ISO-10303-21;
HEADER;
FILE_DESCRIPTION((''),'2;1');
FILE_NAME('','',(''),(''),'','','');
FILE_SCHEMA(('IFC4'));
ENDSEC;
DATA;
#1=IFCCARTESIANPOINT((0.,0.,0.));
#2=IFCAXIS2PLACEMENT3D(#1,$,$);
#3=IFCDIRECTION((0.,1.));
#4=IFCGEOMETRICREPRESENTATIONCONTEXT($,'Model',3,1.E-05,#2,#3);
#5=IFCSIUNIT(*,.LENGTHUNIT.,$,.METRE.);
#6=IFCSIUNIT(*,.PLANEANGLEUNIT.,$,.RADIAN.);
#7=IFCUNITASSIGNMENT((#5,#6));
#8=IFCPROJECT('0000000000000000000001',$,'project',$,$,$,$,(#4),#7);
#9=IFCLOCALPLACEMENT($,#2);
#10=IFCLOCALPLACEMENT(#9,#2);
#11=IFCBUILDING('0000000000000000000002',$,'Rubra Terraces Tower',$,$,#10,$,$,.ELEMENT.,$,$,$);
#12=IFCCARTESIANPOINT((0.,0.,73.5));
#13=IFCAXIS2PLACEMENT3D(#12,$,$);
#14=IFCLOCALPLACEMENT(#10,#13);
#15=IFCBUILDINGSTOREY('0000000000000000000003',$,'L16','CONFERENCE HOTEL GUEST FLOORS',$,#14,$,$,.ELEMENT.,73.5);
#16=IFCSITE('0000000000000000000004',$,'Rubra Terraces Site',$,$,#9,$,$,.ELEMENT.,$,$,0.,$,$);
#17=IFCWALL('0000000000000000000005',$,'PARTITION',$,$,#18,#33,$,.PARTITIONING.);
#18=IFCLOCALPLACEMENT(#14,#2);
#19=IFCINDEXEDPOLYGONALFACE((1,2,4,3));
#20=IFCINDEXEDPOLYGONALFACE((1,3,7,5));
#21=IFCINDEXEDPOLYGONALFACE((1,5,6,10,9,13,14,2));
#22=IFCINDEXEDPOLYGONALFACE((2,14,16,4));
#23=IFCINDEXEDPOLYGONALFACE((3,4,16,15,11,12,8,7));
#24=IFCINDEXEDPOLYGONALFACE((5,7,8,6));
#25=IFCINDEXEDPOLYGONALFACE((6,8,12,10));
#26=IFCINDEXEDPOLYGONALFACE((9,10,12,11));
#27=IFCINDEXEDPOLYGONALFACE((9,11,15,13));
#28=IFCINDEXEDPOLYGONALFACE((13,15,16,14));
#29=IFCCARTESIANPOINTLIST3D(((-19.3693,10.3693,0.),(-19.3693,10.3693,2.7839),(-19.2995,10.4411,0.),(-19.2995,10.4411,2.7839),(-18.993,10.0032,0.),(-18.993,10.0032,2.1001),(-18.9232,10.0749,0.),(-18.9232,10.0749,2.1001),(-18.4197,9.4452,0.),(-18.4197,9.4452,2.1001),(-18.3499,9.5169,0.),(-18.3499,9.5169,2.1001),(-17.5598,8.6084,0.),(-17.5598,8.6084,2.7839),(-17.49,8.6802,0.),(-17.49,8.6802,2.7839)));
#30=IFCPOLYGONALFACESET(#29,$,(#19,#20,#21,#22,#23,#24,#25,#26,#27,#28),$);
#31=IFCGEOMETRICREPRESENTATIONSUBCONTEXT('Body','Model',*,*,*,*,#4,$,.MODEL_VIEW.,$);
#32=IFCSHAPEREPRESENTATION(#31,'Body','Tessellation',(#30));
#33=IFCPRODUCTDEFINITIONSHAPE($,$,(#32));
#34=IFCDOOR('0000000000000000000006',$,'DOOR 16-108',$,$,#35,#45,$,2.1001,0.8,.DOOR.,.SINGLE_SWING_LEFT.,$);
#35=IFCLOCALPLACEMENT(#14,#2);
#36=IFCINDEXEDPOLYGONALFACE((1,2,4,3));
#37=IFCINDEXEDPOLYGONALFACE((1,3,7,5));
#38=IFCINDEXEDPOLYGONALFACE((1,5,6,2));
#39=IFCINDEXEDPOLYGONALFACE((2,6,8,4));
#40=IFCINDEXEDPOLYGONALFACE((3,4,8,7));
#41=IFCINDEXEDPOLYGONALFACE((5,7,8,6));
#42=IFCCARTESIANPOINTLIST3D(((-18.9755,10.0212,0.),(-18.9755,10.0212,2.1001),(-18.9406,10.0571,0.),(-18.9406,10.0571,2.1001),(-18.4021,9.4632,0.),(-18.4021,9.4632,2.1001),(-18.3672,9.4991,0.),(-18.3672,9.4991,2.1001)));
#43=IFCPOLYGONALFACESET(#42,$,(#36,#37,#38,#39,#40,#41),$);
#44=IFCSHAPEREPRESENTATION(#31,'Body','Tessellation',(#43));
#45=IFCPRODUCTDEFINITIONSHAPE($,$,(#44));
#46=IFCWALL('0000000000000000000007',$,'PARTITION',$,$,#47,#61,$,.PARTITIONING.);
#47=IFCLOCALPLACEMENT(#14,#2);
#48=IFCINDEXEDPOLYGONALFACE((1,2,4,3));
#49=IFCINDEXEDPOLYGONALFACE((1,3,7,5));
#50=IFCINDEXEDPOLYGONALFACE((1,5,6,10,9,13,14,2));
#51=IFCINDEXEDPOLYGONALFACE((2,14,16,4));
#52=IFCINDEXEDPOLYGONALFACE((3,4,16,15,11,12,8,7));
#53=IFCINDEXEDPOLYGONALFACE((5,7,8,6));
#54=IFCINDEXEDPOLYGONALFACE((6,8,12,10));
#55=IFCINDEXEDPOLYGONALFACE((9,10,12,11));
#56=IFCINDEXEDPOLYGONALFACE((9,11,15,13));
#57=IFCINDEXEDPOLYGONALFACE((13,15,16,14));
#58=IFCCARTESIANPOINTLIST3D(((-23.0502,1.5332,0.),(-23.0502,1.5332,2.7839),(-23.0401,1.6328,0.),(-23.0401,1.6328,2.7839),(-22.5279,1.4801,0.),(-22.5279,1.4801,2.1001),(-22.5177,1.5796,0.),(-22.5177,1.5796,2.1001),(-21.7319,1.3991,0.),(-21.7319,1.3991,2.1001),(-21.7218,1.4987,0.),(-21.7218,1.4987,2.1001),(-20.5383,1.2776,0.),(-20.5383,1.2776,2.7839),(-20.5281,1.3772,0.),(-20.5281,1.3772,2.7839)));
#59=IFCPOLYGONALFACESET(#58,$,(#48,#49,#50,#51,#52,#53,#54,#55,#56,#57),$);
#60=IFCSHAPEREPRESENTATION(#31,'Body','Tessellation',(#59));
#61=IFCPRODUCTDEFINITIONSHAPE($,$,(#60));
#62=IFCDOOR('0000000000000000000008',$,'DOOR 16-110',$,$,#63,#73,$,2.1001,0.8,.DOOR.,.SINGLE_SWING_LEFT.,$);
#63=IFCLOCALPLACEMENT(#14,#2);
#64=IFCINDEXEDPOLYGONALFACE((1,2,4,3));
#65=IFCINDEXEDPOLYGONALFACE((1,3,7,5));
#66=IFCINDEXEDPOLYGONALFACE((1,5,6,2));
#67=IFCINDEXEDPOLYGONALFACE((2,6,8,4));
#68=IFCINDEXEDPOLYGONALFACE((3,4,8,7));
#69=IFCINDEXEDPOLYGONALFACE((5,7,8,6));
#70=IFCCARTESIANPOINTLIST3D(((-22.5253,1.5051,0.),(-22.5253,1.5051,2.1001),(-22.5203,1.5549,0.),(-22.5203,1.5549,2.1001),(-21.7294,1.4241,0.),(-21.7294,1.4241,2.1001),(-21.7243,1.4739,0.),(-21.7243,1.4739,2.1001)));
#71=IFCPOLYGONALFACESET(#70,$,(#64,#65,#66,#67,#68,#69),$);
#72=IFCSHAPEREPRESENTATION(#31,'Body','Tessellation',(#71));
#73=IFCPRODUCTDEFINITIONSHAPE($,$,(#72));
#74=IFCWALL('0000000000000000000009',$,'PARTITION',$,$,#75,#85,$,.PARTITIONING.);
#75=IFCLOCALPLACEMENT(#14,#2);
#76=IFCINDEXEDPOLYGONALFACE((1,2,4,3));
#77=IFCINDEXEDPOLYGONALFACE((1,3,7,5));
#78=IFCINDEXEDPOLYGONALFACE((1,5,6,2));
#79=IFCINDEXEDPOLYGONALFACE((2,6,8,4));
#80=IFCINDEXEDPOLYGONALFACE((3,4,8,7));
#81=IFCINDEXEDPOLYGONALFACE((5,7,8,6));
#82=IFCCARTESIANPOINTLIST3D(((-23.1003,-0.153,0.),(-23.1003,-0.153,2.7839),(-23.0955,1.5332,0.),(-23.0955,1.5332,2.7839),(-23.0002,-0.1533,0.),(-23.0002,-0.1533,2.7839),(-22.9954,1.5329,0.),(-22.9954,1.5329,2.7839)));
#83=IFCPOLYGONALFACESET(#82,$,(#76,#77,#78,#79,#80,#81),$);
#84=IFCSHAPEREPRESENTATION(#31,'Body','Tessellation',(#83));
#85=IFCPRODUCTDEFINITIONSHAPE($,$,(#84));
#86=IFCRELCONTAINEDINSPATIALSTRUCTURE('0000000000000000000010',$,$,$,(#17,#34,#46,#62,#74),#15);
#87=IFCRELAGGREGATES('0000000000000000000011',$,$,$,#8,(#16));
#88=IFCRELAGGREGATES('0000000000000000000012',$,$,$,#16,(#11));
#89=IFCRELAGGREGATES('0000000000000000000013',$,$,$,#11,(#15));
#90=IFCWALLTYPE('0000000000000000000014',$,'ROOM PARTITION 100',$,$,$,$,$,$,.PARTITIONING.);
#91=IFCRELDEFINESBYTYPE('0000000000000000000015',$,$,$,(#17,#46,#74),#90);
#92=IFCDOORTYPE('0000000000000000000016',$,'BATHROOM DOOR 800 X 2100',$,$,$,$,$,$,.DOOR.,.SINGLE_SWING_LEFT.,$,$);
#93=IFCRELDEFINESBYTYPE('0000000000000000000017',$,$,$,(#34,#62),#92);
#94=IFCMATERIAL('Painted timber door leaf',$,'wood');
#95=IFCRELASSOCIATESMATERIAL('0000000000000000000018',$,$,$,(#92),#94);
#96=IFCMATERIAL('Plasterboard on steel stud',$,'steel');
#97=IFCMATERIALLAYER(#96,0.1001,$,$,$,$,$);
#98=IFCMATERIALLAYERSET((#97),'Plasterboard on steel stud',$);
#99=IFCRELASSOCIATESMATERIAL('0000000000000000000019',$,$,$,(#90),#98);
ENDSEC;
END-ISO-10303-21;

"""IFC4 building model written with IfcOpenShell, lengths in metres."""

from ifc_helpers import new_model, si_unit, direction, frame, frame_2d, origin, place, context, subcontext, project, spatial, rectangle, extrude, material, layer, layer_set, type_object, element, fill, save


model = new_model("IFC4")

# Units and contexts
model_context = context("Model", 3, precision=1e-05, world=origin(), true_north=direction((0.0, 1.0)))
body_context = subcontext(model_context, "Body", "Model", "MODEL_VIEW")
ifc_project = project(units=[si_unit("LENGTHUNIT", "METRE"), si_unit("PLANEANGLEUNIT", "RADIAN")], contexts=[model_context])

# Site, building, storey
site_placement = place(None, origin())
site = spatial("IfcSite", under=ifc_project, at=site_placement, Name="Rubra Terraces Site", CompositionType="ELEMENT", RefElevation=0.0)
building_placement = place(site_placement, origin())
building = spatial("IfcBuilding", under=site, at=building_placement, Name="Rubra Terraces Tower", CompositionType="ELEMENT")
storey_placement = place(building_placement, frame((0.0, 0.0, 73.5)))
storey = spatial("IfcBuildingStorey", under=building, at=storey_placement, Name="L16", Description="CONFERENCE HOTEL GUEST FLOORS", CompositionType="ELEMENT", Elevation=73.5)

# Shared definitions
ifc_material_1 = material(Name="Painted timber door leaf", Category="wood")
door_type = type_object("IfcDoorType", Name="BATHROOM DOOR 800 X 2100", OperationType="SINGLE_SWING_LEFT", PredefinedType="DOOR", material=ifc_material_1)

# Walls, openings, doors
ifc_material_2 = material(Name="Plasterboard on steel stud", Category="steel")
ifc_layer_1 = layer(ifc_material_2, 0.1001)
ifc_layer_set_1 = layer_set([ifc_layer_1], Name="Plasterboard on steel stud")
wall_type_1 = type_object("IfcWallType", Name="ROOM PARTITION 100", PredefinedType="PARTITIONING", material=ifc_layer_set_1)
wall_1_placement = place(storey_placement, frame((-17.5249, 8.6443, 0.0), z_axis=(0.0, 0.0, 1.0), x_axis=(-0.716662, 0.697421, 0.0)))
wall_1 = element("IfcWall", 1, at=wall_1_placement, inside=storey, type_object=wall_type_1, Name="PARTITION", PredefinedType="PARTITIONING", context=body_context, shape_type="SweptSolid", body=[
    extrude(rectangle(XDim=2.5249, YDim=0.1001, at=frame_2d((1.2625, 0.0))), origin(), (0.0, 0.0, 1.0), 2.7839),
])
opening_1_placement = place(wall_1_placement, frame((1.2, 0.0, 0.0)))
opening_1 = element("IfcOpeningElement", 2, at=opening_1_placement, cuts=wall_1, PredefinedType="OPENING", context=body_context, shape_type="SweptSolid", body=[
    extrude(rectangle(XDim=0.8, YDim=2.1001, at=frame_2d((0.3999, 1.05))), frame((0.0, 0.0601, 0.0), z_axis=(0.0, -1.0, 0.0), x_axis=(1.0, 0.0, 0.0)), (0.0, 0.0, 1.0), 0.1201),
])
door_1_placement = place(opening_1_placement, origin())
door_1 = element("IfcDoor", 3, at=door_1_placement, inside=storey, type_object=door_type, Name="DOOR 16-108", OperationType="SINGLE_SWING_LEFT", OverallHeight=2.1001, OverallWidth=0.8, PredefinedType="DOOR", context=body_context, shape_type="SweptSolid", body=[
    extrude(rectangle(XDim=0.8, YDim=2.1001, at=frame_2d((0.3999, 1.05))), frame((0.0, 0.0249, 0.0), z_axis=(0.0, -1.0, 0.0), x_axis=(1.0, 0.0, 0.0)), (0.0, 0.0, 1.0), 0.05),
])
fill(opening_1, door_1)
wall_2_placement = place(storey_placement, frame((-20.5332, 1.3274, 0.0), z_axis=(0.0, 0.0, 1.0), x_axis=(-0.994862, 0.101236, 0.0)))
wall_2 = element("IfcWall", 4, at=wall_2_placement, inside=storey, type_object=wall_type_1, Name="PARTITION", PredefinedType="PARTITIONING", context=body_context, shape_type="SweptSolid", body=[
    extrude(rectangle(XDim=2.5249, YDim=0.1001, at=frame_2d((1.2625, 0.0))), origin(), (0.0, 0.0, 1.0), 2.7839),
])
opening_2_placement = place(wall_2_placement, frame((1.2, 0.0, 0.0)))
opening_2 = element("IfcOpeningElement", 5, at=opening_2_placement, cuts=wall_2, PredefinedType="OPENING", context=body_context, shape_type="SweptSolid", body=[
    extrude(rectangle(XDim=0.8, YDim=2.1001, at=frame_2d((0.3999, 1.05))), frame((0.0, 0.0601, 0.0), z_axis=(0.0, -1.0, 0.0), x_axis=(1.0, 0.0, 0.0)), (0.0, 0.0, 1.0), 0.1201),
])
door_2_placement = place(opening_2_placement, origin())
door_2 = element("IfcDoor", 6, at=door_2_placement, inside=storey, type_object=door_type, Name="DOOR 16-110", OperationType="SINGLE_SWING_LEFT", OverallHeight=2.1001, OverallWidth=0.8, PredefinedType="DOOR", context=body_context, shape_type="SweptSolid", body=[
    extrude(rectangle(XDim=0.8, YDim=2.1001, at=frame_2d((0.3999, 1.05))), frame((0.0, 0.0249, 0.0), z_axis=(0.0, -1.0, 0.0), x_axis=(1.0, 0.0, 0.0)), (0.0, 0.0, 1.0), 0.05),
])
fill(opening_2, door_2)

# Wall
wall_3_placement = place(storey_placement, frame((-23.0454, 1.5332, 0.0), z_axis=(0.0, 0.0, 1.0), x_axis=(-0.002896, -0.999996, 0.0)))
element("IfcWall", 7, at=wall_3_placement, inside=storey, type_object=wall_type_1, Name="PARTITION", PredefinedType="PARTITIONING", context=body_context, shape_type="SweptSolid", body=[
    extrude(rectangle(XDim=1.6863, YDim=0.1001, at=frame_2d((0.8433, 0.0))), origin(), (0.0, 0.0, 1.0), 2.7839),
])

save(model, "model.ifc")
